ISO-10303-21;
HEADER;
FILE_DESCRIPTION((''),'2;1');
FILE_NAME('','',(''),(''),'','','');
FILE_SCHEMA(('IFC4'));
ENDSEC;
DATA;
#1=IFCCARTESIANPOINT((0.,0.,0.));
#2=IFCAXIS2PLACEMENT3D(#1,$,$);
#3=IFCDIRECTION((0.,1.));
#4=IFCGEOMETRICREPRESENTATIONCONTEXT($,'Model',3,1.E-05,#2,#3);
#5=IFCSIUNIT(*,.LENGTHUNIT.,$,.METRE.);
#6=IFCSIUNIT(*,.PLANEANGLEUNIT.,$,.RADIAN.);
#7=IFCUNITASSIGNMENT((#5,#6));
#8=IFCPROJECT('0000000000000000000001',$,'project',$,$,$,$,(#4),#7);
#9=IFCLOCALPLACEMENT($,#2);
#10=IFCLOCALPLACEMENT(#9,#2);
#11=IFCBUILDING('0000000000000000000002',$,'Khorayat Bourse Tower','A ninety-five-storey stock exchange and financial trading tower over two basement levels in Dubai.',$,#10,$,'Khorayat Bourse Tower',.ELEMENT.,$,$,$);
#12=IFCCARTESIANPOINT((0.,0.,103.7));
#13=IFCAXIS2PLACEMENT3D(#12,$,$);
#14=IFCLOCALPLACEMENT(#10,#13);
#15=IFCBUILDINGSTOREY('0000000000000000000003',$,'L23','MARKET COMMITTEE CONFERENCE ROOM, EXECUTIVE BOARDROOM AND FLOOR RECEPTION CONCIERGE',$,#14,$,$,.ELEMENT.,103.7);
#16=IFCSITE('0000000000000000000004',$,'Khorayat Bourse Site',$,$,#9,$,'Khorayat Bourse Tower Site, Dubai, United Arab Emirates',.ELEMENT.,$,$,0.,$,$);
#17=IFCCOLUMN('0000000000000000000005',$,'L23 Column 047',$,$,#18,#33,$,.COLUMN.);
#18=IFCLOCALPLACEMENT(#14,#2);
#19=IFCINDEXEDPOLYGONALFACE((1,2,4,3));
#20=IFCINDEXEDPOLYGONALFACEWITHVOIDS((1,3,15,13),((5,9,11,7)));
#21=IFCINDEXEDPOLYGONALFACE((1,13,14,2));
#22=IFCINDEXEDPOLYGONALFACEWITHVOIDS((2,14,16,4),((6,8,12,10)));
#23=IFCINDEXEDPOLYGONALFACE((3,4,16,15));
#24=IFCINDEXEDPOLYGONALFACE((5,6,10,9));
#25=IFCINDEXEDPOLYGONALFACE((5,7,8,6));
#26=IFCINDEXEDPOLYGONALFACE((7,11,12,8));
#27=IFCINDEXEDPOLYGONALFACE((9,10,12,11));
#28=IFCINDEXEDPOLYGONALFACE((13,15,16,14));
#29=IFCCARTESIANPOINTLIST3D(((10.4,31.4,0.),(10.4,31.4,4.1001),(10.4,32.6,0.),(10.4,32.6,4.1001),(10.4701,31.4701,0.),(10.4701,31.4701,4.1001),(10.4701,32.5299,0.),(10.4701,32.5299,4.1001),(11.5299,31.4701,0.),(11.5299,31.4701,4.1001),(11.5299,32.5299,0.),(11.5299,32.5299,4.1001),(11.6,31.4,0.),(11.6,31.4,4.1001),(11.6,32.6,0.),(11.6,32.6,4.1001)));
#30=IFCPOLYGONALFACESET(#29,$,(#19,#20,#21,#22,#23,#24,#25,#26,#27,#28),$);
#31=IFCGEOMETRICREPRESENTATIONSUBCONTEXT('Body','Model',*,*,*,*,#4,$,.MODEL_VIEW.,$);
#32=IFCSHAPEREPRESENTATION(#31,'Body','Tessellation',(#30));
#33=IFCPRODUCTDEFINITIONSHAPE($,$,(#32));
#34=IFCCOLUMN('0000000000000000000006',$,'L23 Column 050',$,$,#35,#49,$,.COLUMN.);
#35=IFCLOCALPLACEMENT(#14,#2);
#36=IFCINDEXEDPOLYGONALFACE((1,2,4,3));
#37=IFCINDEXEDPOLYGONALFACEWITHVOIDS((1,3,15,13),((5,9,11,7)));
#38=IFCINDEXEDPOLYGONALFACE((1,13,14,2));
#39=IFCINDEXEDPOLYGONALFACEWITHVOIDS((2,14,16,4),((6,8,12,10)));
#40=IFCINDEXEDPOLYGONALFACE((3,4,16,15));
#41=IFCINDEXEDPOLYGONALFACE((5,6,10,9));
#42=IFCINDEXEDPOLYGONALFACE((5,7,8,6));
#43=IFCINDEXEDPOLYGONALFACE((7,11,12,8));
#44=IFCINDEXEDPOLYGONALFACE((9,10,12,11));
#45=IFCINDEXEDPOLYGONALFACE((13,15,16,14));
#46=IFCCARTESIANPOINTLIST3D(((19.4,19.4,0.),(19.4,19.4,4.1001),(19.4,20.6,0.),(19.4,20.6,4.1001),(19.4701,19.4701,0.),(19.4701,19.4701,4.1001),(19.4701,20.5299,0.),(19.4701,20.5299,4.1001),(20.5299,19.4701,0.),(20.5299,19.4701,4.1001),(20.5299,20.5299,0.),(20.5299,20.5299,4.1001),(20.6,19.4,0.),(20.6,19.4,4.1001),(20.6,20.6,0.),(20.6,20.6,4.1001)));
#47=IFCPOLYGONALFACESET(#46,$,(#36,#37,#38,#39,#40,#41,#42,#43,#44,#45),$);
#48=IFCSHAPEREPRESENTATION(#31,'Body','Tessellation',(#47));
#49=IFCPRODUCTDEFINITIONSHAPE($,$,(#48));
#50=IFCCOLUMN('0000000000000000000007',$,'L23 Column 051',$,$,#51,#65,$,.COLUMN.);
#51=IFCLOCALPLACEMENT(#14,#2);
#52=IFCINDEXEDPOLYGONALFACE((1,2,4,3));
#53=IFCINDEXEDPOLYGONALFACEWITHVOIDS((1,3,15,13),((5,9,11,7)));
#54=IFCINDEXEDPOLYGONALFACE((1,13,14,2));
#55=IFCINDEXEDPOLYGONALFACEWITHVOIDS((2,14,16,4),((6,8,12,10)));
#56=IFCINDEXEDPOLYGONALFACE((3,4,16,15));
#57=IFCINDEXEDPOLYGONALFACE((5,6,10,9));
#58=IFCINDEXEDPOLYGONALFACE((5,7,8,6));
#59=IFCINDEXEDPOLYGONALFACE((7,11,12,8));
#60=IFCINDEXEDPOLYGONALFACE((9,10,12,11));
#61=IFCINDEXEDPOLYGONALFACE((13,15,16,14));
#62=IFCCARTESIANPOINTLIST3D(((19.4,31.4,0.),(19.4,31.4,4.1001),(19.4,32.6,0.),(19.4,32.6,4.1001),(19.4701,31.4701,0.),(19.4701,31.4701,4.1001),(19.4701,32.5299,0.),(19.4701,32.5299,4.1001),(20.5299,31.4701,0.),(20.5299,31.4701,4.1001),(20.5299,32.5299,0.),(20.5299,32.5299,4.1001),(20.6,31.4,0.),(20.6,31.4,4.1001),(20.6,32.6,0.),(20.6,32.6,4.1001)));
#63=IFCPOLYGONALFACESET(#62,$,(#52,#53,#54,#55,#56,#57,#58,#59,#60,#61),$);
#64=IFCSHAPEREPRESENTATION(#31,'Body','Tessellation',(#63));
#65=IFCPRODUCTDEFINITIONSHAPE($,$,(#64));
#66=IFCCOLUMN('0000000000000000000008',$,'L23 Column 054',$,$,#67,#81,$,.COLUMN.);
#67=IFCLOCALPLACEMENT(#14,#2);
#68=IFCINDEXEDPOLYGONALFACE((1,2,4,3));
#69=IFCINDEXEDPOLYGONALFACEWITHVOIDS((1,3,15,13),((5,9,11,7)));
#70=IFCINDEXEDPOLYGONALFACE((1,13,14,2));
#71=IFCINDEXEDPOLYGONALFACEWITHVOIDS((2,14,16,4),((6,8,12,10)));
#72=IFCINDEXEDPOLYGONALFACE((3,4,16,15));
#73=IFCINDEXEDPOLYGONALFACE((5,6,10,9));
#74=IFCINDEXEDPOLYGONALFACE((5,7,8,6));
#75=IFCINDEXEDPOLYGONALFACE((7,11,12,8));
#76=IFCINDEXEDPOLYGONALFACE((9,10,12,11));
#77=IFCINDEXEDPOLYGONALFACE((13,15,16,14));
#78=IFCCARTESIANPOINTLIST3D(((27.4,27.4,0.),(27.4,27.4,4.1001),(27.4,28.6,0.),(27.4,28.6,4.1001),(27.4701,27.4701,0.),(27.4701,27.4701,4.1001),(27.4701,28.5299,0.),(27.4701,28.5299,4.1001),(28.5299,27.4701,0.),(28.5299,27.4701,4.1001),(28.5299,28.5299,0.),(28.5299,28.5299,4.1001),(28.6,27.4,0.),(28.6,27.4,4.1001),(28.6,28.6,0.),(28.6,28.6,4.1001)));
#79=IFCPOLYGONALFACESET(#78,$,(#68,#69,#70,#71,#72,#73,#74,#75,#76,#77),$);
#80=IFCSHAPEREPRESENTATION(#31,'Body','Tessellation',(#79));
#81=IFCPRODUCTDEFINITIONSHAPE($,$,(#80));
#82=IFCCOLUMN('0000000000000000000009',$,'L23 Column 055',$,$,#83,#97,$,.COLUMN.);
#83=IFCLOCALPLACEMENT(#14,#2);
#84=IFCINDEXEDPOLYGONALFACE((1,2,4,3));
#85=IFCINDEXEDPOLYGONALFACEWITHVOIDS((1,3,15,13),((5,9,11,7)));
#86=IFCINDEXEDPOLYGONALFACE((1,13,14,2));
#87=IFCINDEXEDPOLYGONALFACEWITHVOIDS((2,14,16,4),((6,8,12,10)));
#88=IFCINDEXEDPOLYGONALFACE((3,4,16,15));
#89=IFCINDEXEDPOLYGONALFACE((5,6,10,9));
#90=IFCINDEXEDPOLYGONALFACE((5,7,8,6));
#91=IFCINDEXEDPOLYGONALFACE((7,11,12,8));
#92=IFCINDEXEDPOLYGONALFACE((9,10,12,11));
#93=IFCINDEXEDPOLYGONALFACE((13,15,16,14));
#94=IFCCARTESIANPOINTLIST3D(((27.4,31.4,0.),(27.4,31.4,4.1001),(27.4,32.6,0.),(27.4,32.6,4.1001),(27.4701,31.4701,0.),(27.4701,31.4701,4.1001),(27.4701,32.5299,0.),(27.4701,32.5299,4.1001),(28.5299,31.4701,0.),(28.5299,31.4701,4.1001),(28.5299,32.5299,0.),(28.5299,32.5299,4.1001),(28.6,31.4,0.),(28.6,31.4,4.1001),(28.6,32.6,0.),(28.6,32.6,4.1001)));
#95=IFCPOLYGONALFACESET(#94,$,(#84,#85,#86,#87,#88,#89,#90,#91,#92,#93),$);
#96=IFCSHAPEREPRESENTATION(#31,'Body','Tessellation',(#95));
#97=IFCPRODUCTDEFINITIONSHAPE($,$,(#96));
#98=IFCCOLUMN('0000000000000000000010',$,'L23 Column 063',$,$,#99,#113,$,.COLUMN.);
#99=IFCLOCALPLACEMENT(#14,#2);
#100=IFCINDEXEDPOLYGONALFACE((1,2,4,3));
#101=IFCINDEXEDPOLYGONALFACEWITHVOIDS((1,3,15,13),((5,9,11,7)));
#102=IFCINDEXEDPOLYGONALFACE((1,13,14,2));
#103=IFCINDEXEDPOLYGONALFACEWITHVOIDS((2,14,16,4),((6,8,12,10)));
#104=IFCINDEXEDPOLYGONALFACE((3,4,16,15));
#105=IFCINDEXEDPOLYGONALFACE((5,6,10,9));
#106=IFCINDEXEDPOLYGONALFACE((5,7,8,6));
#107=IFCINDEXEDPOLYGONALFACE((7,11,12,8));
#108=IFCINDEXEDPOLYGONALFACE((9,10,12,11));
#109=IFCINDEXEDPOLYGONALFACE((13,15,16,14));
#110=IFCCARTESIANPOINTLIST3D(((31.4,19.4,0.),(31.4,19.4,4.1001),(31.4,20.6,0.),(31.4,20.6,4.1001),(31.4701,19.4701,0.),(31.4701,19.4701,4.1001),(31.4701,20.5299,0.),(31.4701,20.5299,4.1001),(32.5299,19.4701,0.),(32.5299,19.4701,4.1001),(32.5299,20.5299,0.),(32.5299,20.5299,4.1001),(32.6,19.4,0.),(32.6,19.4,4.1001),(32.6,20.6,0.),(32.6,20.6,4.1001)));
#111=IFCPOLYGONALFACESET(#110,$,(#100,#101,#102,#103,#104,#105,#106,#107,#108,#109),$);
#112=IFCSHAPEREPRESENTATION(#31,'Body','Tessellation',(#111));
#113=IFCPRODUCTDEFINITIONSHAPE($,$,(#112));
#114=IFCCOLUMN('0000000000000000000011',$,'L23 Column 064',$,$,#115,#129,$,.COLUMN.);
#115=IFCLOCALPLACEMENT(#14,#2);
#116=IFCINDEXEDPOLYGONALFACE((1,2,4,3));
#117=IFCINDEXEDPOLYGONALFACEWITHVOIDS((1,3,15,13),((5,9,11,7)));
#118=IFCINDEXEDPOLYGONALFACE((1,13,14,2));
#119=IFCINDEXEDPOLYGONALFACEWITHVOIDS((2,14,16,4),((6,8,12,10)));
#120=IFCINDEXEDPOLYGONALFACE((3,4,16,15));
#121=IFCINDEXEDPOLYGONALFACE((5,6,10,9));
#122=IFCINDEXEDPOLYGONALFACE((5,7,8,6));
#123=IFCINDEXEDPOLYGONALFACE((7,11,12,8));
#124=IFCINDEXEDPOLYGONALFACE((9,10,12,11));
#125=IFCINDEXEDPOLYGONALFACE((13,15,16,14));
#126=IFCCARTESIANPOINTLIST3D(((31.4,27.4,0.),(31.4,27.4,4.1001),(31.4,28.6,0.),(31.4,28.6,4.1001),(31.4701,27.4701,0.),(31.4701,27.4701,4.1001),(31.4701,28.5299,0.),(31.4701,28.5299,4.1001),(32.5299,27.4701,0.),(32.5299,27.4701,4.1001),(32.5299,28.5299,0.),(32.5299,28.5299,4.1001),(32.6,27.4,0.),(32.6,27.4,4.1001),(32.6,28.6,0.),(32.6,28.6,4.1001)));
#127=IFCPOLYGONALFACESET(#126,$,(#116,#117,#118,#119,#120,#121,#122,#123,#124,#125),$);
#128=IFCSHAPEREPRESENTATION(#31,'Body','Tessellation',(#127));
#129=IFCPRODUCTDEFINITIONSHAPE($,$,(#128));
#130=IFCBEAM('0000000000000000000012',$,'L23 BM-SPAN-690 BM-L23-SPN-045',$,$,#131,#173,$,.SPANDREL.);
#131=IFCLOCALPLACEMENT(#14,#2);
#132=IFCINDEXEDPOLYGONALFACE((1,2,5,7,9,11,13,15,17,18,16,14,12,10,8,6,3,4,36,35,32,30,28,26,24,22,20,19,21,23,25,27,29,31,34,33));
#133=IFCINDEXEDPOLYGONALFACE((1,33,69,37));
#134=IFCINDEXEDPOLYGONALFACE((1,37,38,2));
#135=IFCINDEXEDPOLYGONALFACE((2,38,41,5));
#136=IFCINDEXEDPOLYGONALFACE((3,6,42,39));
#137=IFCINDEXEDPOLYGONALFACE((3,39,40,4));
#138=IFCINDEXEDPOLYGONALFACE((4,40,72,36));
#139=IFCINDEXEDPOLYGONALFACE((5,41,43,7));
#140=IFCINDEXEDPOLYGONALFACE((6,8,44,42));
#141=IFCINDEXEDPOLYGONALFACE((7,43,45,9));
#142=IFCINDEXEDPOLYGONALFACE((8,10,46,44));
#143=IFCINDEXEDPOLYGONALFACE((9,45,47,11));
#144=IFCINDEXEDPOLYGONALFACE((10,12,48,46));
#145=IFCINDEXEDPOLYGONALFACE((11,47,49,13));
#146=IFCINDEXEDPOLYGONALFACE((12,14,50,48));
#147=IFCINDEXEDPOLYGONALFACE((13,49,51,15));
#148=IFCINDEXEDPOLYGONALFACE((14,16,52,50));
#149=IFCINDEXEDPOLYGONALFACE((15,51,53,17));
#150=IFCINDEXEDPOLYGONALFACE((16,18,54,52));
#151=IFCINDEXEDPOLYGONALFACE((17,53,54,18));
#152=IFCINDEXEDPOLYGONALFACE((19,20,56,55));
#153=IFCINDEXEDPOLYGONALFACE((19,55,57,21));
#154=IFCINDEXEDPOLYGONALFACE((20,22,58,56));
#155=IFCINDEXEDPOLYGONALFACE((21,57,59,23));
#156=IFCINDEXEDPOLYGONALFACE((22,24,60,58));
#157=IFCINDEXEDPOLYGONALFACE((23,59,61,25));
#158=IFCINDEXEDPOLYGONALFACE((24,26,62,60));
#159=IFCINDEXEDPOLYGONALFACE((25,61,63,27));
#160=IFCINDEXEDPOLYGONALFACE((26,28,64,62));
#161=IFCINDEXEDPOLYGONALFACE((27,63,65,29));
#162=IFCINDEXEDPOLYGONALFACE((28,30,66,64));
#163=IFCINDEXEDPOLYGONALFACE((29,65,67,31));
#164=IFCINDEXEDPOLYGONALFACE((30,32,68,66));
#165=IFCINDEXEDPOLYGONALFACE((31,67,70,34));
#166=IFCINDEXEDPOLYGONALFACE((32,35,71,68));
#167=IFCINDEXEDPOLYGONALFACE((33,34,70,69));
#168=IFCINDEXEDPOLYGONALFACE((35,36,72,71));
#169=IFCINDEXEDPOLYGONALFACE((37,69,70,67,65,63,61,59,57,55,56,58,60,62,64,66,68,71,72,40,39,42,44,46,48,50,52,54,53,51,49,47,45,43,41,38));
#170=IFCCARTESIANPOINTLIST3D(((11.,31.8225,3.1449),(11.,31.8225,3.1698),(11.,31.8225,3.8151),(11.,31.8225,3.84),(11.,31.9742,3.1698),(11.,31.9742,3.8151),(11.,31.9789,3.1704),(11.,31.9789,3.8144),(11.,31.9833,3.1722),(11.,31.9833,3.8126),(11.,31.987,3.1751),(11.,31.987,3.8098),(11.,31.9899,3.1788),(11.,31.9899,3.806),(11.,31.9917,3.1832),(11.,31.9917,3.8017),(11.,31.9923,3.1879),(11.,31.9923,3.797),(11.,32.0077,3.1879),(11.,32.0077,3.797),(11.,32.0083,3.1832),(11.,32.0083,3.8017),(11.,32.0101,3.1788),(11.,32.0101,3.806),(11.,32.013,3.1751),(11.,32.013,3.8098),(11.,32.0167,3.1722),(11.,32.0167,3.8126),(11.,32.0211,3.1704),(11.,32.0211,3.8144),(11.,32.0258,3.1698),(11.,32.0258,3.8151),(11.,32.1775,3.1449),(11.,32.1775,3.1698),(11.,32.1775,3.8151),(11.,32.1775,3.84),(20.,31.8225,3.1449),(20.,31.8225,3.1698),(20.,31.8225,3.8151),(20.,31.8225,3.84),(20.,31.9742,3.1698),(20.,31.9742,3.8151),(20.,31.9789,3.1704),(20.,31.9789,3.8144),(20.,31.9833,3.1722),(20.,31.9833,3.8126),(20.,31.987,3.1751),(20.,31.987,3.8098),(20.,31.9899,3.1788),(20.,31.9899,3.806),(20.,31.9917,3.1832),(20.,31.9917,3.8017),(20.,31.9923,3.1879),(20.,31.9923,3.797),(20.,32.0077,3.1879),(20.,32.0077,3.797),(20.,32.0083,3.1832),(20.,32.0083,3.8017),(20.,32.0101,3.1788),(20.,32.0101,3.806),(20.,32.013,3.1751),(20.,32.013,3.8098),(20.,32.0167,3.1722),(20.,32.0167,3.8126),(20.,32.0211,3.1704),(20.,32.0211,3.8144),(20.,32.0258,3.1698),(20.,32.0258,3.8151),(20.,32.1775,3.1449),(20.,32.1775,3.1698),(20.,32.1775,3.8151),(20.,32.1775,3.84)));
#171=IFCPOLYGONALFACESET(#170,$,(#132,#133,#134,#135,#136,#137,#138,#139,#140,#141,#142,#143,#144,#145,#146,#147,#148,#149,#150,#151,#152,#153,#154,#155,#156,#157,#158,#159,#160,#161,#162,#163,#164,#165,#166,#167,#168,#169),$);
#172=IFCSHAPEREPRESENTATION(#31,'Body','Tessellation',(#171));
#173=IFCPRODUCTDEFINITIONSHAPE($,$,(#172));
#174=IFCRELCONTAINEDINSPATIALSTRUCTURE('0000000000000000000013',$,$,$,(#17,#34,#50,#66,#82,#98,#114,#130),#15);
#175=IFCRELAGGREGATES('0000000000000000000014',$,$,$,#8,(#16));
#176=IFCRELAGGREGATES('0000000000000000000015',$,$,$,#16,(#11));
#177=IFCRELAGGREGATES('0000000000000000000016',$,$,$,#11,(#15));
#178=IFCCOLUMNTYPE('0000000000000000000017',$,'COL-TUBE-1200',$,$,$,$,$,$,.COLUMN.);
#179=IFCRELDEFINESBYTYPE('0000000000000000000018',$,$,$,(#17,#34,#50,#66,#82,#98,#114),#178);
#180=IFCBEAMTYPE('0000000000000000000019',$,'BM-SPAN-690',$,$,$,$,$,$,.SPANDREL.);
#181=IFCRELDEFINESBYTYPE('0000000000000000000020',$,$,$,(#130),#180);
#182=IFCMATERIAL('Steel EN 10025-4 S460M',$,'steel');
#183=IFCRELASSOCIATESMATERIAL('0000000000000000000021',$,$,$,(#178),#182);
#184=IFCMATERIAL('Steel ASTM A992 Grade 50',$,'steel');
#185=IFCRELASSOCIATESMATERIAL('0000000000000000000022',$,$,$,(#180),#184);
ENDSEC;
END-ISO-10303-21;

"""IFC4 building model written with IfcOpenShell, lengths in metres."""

from ifc_helpers import new_model, si_unit, direction, frame, origin, origin_2d, place, context, subcontext, project, spatial, hollow_rectangle, i_section, extrude, source, transform, mapped, material, material_profile, profile_set, type_object, element, save


model = new_model("IFC4")

# Units and contexts
model_context = context("Model", 3, precision=1e-05, world=origin(), true_north=direction((0.0, 1.0)))
body_context = subcontext(model_context, "Body", "Model", "MODEL_VIEW")
ifc_project = project(units=[si_unit("LENGTHUNIT", "METRE"), si_unit("PLANEANGLEUNIT", "RADIAN")], contexts=[model_context])

# Site, building, storey
site_placement = place(None, origin())
site = spatial("IfcSite", under=ifc_project, at=site_placement, Name="Khorayat Bourse Site", LongName="Khorayat Bourse Tower Site, Dubai, United Arab Emirates", CompositionType="ELEMENT", RefElevation=0.0)
building_placement = place(site_placement, origin())
building = spatial("IfcBuilding", under=site, at=building_placement, Name="Khorayat Bourse Tower", Description="A ninety-five-storey stock exchange and financial trading tower over two basement levels in Dubai.", LongName="Khorayat Bourse Tower", CompositionType="ELEMENT")
storey_placement = place(building_placement, frame((0.0, 0.0, 103.7)))
storey = spatial("IfcBuildingStorey", under=building, at=storey_placement, Name="L23", Description="MARKET COMMITTEE CONFERENCE ROOM, EXECUTIVE BOARDROOM AND FLOOR RECEPTION CONCIERGE", CompositionType="ELEMENT", Elevation=103.7)

# Columns
ifc_material_1 = material(Name="Steel EN 10025-4 S460M", Category="steel")
ifc_material_profile_1 = material_profile(ifc_material_1, hollow_rectangle(XDim=1.2, YDim=1.2, WallThickness=0.0701, at=origin_2d()), Name="BOX 1200x1200x70")
ifc_profile_set_1 = profile_set([ifc_material_profile_1], Name="Steel EN 10025-4 S460M")
column_type = type_object("IfcColumnType", Name="COL-TUBE-1200", PredefinedType="COLUMN", material=ifc_profile_set_1)
shared_shape_1 = source(origin(), body_context, "Body", "SweptSolid", [
    extrude(hollow_rectangle(XDim=1.2, YDim=1.2, WallThickness=0.0701, at=origin_2d()), origin(), (0.0, 0.0, 1.0), 4.1001),
])
for number, where, z_axis, x_axis, name in (
    (1, (11.0, 32.0, 0.0), (0.0, 0.0, 1.0), (1.0, 0.0, 0.0), "L23 Column 047"),
    (2, (20.0, 20.0, 0.0), (0.0, 0.0, 1.0), (1.0, 0.0, 0.0), "L23 Column 050"),
    (3, (20.0, 32.0, 0.0), (0.0, 0.0, 1.0), (1.0, 0.0, 0.0), "L23 Column 051"),
    (4, (28.0, 28.0, 0.0), (0.0, 0.0, 1.0), (1.0, 0.0, 0.0), "L23 Column 054"),
    (5, (28.0, 32.0, 0.0), (0.0, 0.0, 1.0), (1.0, 0.0, 0.0), "L23 Column 055"),
    (6, (32.0, 20.0, 0.0), (0.0, 0.0, 1.0), (1.0, 0.0, 0.0), "L23 Column 063"),
    (7, (32.0, 28.0, 0.0), (0.0, 0.0, 1.0), (1.0, 0.0, 0.0), "L23 Column 064"),
):
    element("IfcColumn", number, at=place(storey_placement, frame(where, z_axis=z_axis, x_axis=x_axis)), inside=storey, type_object=column_type, Name=name, PredefinedType="COLUMN", context=body_context, shape_type="MappedRepresentation", body=[
        mapped(shared_shape_1, transform((0.0, 0.0, 0.0), scale=1.0)),
    ])

# Beam
ifc_material_2 = material(Name="Steel ASTM A992 Grade 50", Category="steel")
ifc_material_profile_2 = material_profile(ifc_material_2, i_section(OverallWidth=0.355, OverallDepth=0.6951, WebThickness=0.0154, FlangeThickness=0.0249, FilletRadius=0.0181, at=origin_2d()), Name="W690X217")
ifc_profile_set_2 = profile_set([ifc_material_profile_2], Name="Steel ASTM A992 Grade 50")
beam_type_1 = type_object("IfcBeamType", Name="BM-SPAN-690", PredefinedType="SPANDREL", material=ifc_profile_set_2)
shared_shape_2 = source(origin(), body_context, "Body", "SweptSolid", [
    extrude(i_section(OverallWidth=0.355, OverallDepth=0.6951, WebThickness=0.0154, FlangeThickness=0.0249, FilletRadius=0.0181, at=origin_2d()), origin(), (0.0, 0.0, 1.0), 9.0),
])
beam_1_placement = place(storey_placement, frame((11.0, 32.0, 3.4924), z_axis=(1.0, 0.0, 0.0), x_axis=(0.0, 1.0, 0.0)))
element("IfcBeam", 8, at=beam_1_placement, inside=storey, type_object=beam_type_1, Name="L23 BM-SPAN-690 BM-L23-SPN-045", PredefinedType="SPANDREL", context=body_context, shape_type="MappedRepresentation", body=[
    mapped(shared_shape_2, transform((0.0, 0.0, 0.0), scale=1.0)),
])

save(model, "model.ifc")
